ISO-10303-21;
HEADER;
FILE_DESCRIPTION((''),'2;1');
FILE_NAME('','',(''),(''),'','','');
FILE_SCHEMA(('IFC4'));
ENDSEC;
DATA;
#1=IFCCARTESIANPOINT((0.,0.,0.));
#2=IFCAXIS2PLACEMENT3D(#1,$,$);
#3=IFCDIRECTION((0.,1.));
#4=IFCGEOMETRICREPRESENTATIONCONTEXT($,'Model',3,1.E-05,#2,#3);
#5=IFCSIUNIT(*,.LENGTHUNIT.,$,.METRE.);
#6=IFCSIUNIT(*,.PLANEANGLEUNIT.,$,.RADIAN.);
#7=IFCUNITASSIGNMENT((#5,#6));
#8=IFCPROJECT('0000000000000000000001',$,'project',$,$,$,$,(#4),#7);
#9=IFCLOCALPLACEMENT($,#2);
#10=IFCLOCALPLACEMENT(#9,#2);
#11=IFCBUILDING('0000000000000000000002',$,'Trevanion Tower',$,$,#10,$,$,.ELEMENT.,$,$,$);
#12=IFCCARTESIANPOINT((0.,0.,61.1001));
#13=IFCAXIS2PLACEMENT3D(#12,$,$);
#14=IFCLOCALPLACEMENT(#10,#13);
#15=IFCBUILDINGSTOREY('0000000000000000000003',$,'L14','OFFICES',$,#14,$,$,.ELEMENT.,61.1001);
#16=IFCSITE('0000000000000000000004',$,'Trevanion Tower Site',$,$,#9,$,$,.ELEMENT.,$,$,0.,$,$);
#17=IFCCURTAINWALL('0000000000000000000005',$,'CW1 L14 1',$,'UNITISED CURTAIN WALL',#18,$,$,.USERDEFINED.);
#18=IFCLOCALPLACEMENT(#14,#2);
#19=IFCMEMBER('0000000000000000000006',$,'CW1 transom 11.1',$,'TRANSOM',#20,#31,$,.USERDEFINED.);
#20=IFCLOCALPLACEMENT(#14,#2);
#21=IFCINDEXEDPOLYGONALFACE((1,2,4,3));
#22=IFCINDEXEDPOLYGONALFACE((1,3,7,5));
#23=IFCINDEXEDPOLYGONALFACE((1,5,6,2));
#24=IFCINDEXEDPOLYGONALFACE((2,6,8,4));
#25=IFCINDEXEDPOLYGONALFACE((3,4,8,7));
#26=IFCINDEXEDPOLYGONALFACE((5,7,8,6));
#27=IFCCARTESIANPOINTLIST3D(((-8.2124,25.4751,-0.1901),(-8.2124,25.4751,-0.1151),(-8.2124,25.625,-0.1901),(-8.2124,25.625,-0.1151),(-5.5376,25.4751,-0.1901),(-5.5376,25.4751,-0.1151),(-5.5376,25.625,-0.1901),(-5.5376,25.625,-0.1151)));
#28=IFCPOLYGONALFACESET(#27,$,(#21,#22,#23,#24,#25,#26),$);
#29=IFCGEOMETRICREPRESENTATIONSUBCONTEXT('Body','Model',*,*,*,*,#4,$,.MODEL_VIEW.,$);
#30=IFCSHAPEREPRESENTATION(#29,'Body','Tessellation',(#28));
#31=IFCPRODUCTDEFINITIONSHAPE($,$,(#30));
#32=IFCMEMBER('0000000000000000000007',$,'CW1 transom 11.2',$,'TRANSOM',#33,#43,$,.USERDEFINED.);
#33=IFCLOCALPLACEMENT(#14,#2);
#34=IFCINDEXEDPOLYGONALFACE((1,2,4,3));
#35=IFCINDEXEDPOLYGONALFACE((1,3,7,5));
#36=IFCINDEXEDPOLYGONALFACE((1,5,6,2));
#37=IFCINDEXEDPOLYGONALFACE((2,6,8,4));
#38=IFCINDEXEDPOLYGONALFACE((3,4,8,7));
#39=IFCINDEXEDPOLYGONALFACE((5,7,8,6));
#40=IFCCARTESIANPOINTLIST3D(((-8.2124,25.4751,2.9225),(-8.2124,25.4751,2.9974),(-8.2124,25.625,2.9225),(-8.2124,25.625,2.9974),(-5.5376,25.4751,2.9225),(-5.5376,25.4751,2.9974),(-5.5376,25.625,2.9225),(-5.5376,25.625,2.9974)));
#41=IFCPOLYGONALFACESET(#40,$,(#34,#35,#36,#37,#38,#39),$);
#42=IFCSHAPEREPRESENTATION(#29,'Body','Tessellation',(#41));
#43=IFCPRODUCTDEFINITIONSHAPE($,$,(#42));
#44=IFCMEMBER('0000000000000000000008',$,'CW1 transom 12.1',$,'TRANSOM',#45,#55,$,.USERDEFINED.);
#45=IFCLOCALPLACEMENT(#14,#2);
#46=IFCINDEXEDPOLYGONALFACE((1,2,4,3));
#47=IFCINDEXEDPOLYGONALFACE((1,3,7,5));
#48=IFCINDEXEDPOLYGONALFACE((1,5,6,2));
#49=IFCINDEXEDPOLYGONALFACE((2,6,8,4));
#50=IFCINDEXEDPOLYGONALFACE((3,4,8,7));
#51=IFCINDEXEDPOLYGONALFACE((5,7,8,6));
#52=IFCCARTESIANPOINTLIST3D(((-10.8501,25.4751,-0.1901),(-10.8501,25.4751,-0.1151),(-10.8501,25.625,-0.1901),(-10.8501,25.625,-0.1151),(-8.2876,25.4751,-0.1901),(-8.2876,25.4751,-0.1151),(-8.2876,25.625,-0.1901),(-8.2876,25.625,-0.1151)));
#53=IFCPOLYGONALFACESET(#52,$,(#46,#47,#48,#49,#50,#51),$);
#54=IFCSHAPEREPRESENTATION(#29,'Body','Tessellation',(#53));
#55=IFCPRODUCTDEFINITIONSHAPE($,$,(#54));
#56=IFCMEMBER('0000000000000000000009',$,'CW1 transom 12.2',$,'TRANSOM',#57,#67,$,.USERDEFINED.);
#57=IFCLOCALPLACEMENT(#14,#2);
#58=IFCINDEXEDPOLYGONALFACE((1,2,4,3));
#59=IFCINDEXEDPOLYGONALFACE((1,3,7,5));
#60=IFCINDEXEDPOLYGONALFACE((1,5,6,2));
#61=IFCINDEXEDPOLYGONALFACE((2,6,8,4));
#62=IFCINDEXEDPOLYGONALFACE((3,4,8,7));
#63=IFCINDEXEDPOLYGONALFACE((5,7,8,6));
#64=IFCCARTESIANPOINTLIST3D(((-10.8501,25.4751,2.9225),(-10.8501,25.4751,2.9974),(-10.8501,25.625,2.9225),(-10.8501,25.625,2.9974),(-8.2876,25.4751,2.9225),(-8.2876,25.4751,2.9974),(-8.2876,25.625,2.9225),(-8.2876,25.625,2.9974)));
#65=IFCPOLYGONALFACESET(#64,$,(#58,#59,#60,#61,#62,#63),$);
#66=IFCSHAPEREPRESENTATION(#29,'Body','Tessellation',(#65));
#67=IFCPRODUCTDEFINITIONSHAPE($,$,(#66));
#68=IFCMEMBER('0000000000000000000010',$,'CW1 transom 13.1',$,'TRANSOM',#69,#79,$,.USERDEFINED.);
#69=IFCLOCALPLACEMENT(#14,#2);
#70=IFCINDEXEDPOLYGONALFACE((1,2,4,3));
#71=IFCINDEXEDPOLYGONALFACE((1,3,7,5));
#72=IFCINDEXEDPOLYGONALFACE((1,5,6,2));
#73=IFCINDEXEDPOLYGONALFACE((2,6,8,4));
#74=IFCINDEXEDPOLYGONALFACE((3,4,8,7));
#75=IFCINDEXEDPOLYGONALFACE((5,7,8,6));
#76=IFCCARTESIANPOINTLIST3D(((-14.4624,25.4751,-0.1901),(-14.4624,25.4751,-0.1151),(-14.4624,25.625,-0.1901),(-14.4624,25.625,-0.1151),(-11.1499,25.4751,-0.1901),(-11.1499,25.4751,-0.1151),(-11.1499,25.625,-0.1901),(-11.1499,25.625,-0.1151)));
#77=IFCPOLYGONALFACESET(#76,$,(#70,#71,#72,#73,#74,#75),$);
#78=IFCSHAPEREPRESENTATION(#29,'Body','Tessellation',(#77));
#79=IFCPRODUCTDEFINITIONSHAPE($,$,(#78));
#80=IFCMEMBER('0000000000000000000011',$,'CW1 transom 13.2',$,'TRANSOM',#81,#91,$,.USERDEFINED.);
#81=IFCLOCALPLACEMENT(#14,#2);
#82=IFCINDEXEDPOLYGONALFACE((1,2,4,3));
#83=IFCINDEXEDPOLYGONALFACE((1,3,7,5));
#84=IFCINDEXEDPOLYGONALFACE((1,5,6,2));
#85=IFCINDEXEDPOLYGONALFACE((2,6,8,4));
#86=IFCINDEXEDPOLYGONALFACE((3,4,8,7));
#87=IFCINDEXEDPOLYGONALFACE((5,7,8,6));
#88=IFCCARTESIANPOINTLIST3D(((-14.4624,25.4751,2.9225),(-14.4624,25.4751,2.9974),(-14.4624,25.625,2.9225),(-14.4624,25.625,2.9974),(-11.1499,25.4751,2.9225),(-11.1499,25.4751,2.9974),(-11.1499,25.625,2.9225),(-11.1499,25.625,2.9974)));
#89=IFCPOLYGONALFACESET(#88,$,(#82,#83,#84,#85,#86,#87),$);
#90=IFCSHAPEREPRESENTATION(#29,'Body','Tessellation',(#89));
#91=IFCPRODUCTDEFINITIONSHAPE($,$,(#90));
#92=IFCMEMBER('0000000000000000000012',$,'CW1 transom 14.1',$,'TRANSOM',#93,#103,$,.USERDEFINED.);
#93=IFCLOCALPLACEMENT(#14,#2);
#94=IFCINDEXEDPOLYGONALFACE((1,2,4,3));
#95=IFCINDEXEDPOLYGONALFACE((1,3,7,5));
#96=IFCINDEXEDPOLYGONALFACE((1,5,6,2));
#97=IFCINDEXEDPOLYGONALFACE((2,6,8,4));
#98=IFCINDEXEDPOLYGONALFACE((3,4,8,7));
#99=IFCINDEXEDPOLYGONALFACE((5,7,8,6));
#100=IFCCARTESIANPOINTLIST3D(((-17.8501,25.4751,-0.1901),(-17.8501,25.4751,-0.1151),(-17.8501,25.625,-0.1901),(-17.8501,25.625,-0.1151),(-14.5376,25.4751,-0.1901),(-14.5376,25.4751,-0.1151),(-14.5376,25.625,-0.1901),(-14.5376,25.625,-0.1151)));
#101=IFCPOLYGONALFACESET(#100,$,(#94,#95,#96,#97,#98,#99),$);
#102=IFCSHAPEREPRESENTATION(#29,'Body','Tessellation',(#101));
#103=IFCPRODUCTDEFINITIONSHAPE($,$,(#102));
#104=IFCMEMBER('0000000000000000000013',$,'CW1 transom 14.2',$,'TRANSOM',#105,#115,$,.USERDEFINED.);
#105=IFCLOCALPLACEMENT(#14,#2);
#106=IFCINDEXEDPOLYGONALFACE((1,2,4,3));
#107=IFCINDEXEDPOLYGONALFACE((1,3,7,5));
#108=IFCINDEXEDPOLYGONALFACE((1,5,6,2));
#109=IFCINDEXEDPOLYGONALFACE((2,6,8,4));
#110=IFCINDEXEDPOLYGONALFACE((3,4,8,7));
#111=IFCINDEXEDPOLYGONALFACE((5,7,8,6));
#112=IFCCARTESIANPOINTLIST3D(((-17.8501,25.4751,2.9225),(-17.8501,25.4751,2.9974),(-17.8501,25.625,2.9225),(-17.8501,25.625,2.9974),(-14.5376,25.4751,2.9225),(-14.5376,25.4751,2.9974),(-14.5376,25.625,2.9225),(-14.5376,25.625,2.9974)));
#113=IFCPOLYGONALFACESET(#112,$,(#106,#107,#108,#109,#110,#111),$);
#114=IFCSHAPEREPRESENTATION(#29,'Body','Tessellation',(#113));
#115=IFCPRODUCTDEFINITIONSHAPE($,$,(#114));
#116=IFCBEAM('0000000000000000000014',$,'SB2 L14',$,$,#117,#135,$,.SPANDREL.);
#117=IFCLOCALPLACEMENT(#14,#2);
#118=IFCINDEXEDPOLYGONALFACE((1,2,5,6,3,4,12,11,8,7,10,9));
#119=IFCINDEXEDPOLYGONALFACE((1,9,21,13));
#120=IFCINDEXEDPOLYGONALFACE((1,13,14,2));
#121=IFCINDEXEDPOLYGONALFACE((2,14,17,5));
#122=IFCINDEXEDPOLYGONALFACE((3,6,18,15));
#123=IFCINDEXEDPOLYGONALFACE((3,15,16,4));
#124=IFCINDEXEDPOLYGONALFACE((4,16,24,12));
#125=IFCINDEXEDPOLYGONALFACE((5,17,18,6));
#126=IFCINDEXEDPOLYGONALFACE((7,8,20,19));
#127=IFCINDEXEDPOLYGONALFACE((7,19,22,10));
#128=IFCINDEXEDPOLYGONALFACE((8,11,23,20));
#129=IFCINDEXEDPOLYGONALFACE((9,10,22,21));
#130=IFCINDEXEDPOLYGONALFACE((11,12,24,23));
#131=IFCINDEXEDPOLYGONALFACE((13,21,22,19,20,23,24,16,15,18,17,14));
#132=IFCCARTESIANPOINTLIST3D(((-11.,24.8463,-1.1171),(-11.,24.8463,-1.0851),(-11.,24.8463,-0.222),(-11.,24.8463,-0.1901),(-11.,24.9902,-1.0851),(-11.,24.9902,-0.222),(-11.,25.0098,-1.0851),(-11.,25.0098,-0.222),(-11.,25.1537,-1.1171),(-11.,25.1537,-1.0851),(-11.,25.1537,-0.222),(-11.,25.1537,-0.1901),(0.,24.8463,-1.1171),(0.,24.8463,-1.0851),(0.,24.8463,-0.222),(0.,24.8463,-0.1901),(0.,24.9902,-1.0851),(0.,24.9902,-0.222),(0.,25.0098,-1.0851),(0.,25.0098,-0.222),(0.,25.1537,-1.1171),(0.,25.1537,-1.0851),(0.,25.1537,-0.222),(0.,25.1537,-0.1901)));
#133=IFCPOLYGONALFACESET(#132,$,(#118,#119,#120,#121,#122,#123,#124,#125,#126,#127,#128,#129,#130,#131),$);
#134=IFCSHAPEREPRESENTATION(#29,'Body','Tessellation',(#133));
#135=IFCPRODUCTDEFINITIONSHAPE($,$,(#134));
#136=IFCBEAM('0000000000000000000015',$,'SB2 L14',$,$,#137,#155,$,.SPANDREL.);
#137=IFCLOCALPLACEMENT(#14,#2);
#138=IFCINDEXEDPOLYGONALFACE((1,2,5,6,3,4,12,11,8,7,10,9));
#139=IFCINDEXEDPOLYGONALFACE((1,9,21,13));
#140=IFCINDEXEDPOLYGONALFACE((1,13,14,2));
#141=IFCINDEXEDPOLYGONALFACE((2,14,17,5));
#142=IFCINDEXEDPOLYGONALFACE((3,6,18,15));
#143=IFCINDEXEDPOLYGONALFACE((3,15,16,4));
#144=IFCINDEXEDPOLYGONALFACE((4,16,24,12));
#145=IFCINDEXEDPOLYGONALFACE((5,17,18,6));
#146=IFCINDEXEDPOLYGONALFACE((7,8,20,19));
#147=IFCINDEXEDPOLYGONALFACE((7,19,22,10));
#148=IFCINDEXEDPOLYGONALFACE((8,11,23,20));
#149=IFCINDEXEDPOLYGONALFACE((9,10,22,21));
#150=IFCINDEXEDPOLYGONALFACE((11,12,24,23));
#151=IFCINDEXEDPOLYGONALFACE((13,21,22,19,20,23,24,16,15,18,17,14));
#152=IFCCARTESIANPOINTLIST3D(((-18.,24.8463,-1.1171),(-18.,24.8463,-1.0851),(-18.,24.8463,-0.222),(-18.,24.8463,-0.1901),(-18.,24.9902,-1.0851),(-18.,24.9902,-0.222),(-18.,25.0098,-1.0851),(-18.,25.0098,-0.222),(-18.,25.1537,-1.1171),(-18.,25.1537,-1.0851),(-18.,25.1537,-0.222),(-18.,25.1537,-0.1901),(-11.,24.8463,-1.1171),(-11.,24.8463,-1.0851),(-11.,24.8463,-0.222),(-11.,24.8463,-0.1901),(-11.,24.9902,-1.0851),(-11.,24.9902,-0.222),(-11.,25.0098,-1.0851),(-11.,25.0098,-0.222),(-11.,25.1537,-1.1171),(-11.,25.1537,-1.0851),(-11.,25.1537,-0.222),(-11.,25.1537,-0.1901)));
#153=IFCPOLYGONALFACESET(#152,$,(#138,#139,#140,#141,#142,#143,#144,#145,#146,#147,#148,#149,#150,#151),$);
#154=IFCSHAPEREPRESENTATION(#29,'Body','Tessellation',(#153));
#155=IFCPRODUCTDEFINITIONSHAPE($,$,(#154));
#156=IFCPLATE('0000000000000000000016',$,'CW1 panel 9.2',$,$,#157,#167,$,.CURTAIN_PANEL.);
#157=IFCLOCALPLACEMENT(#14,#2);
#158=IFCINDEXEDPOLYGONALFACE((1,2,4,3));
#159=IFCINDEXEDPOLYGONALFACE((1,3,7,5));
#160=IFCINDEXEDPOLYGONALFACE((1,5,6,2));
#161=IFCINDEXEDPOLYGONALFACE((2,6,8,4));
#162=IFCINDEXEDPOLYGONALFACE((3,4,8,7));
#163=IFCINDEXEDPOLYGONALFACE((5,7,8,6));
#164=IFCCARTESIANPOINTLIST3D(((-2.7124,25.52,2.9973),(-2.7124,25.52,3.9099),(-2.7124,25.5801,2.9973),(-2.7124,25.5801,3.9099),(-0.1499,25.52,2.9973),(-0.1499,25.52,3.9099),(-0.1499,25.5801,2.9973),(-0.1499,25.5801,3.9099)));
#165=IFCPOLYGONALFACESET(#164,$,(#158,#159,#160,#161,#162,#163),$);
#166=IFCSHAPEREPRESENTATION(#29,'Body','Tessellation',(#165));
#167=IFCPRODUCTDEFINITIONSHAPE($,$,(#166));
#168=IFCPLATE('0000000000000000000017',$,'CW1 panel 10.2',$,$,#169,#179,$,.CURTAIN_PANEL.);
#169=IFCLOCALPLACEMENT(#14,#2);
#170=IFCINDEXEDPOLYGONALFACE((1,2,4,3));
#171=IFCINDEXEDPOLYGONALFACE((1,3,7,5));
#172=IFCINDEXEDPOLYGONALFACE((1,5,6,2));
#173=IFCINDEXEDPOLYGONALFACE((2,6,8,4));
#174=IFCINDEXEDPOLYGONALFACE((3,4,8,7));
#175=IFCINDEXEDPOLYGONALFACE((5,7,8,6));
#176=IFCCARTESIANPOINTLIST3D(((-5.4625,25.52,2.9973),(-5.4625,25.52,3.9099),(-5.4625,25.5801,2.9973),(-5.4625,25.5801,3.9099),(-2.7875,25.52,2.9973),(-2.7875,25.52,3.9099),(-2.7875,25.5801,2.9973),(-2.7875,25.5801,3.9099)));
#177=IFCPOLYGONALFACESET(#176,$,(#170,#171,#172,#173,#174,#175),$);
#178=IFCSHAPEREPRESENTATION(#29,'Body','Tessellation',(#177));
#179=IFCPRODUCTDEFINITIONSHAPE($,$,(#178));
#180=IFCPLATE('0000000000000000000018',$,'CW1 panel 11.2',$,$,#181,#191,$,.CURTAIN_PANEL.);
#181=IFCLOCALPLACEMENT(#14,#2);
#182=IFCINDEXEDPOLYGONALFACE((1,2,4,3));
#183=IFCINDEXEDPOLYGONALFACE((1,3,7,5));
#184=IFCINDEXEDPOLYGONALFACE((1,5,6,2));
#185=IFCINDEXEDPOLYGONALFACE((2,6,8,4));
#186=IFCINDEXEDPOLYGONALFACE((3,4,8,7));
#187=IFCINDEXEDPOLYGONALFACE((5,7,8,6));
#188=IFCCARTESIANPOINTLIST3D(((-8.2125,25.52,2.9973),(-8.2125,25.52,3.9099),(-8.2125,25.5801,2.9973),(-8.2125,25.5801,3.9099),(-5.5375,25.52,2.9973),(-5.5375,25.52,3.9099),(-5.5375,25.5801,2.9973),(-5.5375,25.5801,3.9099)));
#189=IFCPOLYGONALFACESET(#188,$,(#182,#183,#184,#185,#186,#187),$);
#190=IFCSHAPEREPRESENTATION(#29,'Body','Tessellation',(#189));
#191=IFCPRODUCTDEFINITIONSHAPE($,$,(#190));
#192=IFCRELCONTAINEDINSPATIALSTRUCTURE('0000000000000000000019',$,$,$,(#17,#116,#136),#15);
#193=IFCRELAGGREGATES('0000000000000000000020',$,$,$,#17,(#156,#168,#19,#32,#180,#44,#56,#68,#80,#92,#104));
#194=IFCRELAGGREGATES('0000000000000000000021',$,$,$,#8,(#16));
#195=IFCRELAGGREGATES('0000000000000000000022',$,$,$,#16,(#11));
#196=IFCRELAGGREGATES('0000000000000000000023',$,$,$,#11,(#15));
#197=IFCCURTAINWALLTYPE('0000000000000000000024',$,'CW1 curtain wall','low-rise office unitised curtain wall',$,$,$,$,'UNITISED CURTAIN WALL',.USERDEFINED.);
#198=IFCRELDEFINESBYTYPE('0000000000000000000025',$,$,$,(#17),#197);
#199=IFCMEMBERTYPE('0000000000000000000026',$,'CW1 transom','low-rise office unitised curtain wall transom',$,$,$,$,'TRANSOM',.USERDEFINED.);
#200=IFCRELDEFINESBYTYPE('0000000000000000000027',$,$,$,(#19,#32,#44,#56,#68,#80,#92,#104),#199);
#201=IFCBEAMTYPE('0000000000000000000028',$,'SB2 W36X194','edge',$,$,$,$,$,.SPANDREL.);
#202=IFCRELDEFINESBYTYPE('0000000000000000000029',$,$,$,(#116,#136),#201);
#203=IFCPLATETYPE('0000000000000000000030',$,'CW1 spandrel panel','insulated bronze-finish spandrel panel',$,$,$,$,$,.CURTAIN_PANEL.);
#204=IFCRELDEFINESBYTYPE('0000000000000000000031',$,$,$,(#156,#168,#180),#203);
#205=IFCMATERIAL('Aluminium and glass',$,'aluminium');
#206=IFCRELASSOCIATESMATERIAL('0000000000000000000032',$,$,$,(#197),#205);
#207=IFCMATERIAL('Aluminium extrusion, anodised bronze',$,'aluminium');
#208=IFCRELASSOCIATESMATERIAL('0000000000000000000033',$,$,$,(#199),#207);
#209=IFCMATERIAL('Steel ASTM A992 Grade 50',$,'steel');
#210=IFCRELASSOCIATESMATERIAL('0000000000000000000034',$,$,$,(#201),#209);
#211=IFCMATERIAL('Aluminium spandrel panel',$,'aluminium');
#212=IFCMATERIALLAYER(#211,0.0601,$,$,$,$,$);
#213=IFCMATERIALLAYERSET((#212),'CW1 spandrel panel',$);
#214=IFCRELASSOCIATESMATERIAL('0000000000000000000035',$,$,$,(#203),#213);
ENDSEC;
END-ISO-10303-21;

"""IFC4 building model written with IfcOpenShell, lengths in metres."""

from ifc_helpers import new_model, si_unit, direction, frame, origin, origin_2d, place, context, subcontext, project, spatial, rectangle, i_section, extrude, material, layer, layer_set, material_profile, profile_set, type_object, element, aggregate, save


model = new_model("IFC4")

# Units and contexts
model_context = context("Model", 3, precision=1e-05, world=origin(), true_north=direction((0.0, 1.0)))
body_context = subcontext(model_context, "Body", "Model", "MODEL_VIEW")
ifc_project = project(units=[si_unit("LENGTHUNIT", "METRE"), si_unit("PLANEANGLEUNIT", "RADIAN")], contexts=[model_context])

# Site, building, storey
site_placement = place(None, origin())
site = spatial("IfcSite", under=ifc_project, at=site_placement, Name="Trevanion Tower Site", CompositionType="ELEMENT", RefElevation=0.0)
building_placement = place(site_placement, origin())
building = spatial("IfcBuilding", under=site, at=building_placement, Name="Trevanion Tower", CompositionType="ELEMENT")
storey_placement = place(building_placement, frame((0.0, 0.0, 61.1001)))
storey = spatial("IfcBuildingStorey", under=building, at=storey_placement, Name="L14", Description="OFFICES", CompositionType="ELEMENT", Elevation=61.1001)

# Curtain wall, members
ifc_material_1 = material(Name="Aluminium and glass", Category="aluminium")
curtain_wall_type = type_object("IfcCurtainWallType", Name="CW1 curtain wall", Description="low-rise office unitised curtain wall", ElementType="UNITISED CURTAIN WALL", PredefinedType="USERDEFINED", material=ifc_material_1)
curtain_wall_placement = place(storey_placement, origin())
curtain_wall = element("IfcCurtainWall", 1, at=curtain_wall_placement, inside=storey, type_object=curtain_wall_type, Name="CW1 L14 1", ObjectType="UNITISED CURTAIN WALL", PredefinedType="USERDEFINED")
ifc_material_2 = material(Name="Aluminium extrusion, anodised bronze", Category="aluminium")
ifc_material_profile_1 = material_profile(ifc_material_2, rectangle(XDim=0.1499, YDim=0.075, at=origin_2d()), Name="CW1 transom")
ifc_profile_set_1 = profile_set([ifc_material_profile_1], Name="Aluminium extrusion, anodised bronze")
member_type_1 = type_object("IfcMemberType", Name="CW1 transom", Description="low-rise office unitised curtain wall transom", ElementType="TRANSOM", PredefinedType="USERDEFINED", material=ifc_profile_set_1)
member_1_placement = place(storey_placement, frame((-5.5376, 25.55, -0.1526), z_axis=(-1.0, 0.0, 0.0), x_axis=(0.0, -1.0, 0.0)))
member_1 = element("IfcMember", 2, at=member_1_placement, type_object=member_type_1, Name="CW1 transom 11.1", ObjectType="TRANSOM", PredefinedType="USERDEFINED", context=body_context, shape_type="SweptSolid", body=[
    extrude(rectangle(XDim=0.1499, YDim=0.075, at=origin_2d()), origin(), (0.0, 0.0, 1.0), 2.6748),
])
member_2_placement = place(storey_placement, frame((-5.5376, 25.55, 2.96), z_axis=(-1.0, 0.0, 0.0), x_axis=(0.0, -1.0, 0.0)))
member_2 = element("IfcMember", 3, at=member_2_placement, type_object=member_type_1, Name="CW1 transom 11.2", ObjectType="TRANSOM", PredefinedType="USERDEFINED", context=body_context, shape_type="SweptSolid", body=[
    extrude(rectangle(XDim=0.1499, YDim=0.075, at=origin_2d()), origin(), (0.0, 0.0, 1.0), 2.6748),
])
member_3_placement = place(storey_placement, frame((-8.2876, 25.55, -0.1526), z_axis=(-1.0, 0.0, 0.0), x_axis=(0.0, -1.0, 0.0)))
member_3 = element("IfcMember", 4, at=member_3_placement, type_object=member_type_1, Name="CW1 transom 12.1", ObjectType="TRANSOM", PredefinedType="USERDEFINED", context=body_context, shape_type="SweptSolid", body=[
    extrude(rectangle(XDim=0.1499, YDim=0.075, at=origin_2d()), origin(), (0.0, 0.0, 1.0), 2.5625),
])
member_4_placement = place(storey_placement, frame((-8.2876, 25.55, 2.96), z_axis=(-1.0, 0.0, 0.0), x_axis=(0.0, -1.0, 0.0)))
member_4 = element("IfcMember", 5, at=member_4_placement, type_object=member_type_1, Name="CW1 transom 12.2", ObjectType="TRANSOM", PredefinedType="USERDEFINED", context=body_context, shape_type="SweptSolid", body=[
    extrude(rectangle(XDim=0.1499, YDim=0.075, at=origin_2d()), origin(), (0.0, 0.0, 1.0), 2.5625),
])
member_5_placement = place(storey_placement, frame((-11.1499, 25.55, -0.1526), z_axis=(-1.0, 0.0, 0.0), x_axis=(0.0, -1.0, 0.0)))
member_5 = element("IfcMember", 6, at=member_5_placement, type_object=member_type_1, Name="CW1 transom 13.1", ObjectType="TRANSOM", PredefinedType="USERDEFINED", context=body_context, shape_type="SweptSolid", body=[
    extrude(rectangle(XDim=0.1499, YDim=0.075, at=origin_2d()), origin(), (0.0, 0.0, 1.0), 3.3125),
])
member_6_placement = place(storey_placement, frame((-11.1499, 25.55, 2.96), z_axis=(-1.0, 0.0, 0.0), x_axis=(0.0, -1.0, 0.0)))
member_6 = element("IfcMember", 7, at=member_6_placement, type_object=member_type_1, Name="CW1 transom 13.2", ObjectType="TRANSOM", PredefinedType="USERDEFINED", context=body_context, shape_type="SweptSolid", body=[
    extrude(rectangle(XDim=0.1499, YDim=0.075, at=origin_2d()), origin(), (0.0, 0.0, 1.0), 3.3125),
])
member_7_placement = place(storey_placement, frame((-14.5376, 25.55, -0.1526), z_axis=(-1.0, 0.0, 0.0), x_axis=(0.0, -1.0, 0.0)))
member_7 = element("IfcMember", 8, at=member_7_placement, type_object=member_type_1, Name="CW1 transom 14.1", ObjectType="TRANSOM", PredefinedType="USERDEFINED", context=body_context, shape_type="SweptSolid", body=[
    extrude(rectangle(XDim=0.1499, YDim=0.075, at=origin_2d()), origin(), (0.0, 0.0, 1.0), 3.3125),
])
member_8_placement = place(storey_placement, frame((-14.5376, 25.55, 2.96), z_axis=(-1.0, 0.0, 0.0), x_axis=(0.0, -1.0, 0.0)))
member_8 = element("IfcMember", 9, at=member_8_placement, type_object=member_type_1, Name="CW1 transom 14.2", ObjectType="TRANSOM", PredefinedType="USERDEFINED", context=body_context, shape_type="SweptSolid", body=[
    extrude(rectangle(XDim=0.1499, YDim=0.075, at=origin_2d()), origin(), (0.0, 0.0, 1.0), 3.3125),
])

# Beams
ifc_material_3 = material(Name="Steel ASTM A992 Grade 50", Category="steel")
ifc_material_profile_2 = material_profile(ifc_material_3, i_section(OverallWidth=0.3074, OverallDepth=0.927, WebThickness=0.0195, FlangeThickness=0.032, at=origin_2d()), Name="W36X194")
ifc_profile_set_2 = profile_set([ifc_material_profile_2], Name="Steel ASTM A992 Grade 50")
beam_type_1 = type_object("IfcBeamType", Name="SB2 W36X194", Description="edge", PredefinedType="SPANDREL", material=ifc_profile_set_2)
beam_1_placement = place(storey_placement, frame((0.0, 25.0, -0.6536), z_axis=(-1.0, 0.0, 0.0), x_axis=(0.0, -1.0, 0.0)))
element("IfcBeam", 10, at=beam_1_placement, inside=storey, type_object=beam_type_1, Name="SB2 L14", PredefinedType="SPANDREL", context=body_context, shape_type="SweptSolid", body=[
    extrude(i_section(OverallWidth=0.3074, OverallDepth=0.927, WebThickness=0.0195, FlangeThickness=0.032, at=origin_2d()), origin(), (0.0, 0.0, 1.0), 11.0),
])
beam_2_placement = place(storey_placement, frame((-11.0, 25.0, -0.6536), z_axis=(-1.0, 0.0, 0.0), x_axis=(0.0, -1.0, 0.0)))
element("IfcBeam", 11, at=beam_2_placement, inside=storey, type_object=beam_type_1, Name="SB2 L14", PredefinedType="SPANDREL", context=body_context, shape_type="SweptSolid", body=[
    extrude(i_section(OverallWidth=0.3074, OverallDepth=0.927, WebThickness=0.0195, FlangeThickness=0.032, at=origin_2d()), origin(), (0.0, 0.0, 1.0), 7.0),
])

# Plates
ifc_material_4 = material(Name="Aluminium spandrel panel", Category="aluminium")
ifc_layer_1 = layer(ifc_material_4, 0.0601)
ifc_layer_set_1 = layer_set([ifc_layer_1], Name="CW1 spandrel panel")
plate_type_1 = type_object("IfcPlateType", Name="CW1 spandrel panel", Description="insulated bronze-finish spandrel panel", PredefinedType="CURTAIN_PANEL", material=ifc_layer_set_1)
plate_1_placement = place(storey_placement, frame((-1.4312, 25.55, 2.9973), z_axis=(0.0, 0.0, 1.0), x_axis=(-1.0, 0.0, 0.0)))
plate_1 = element("IfcPlate", 12, at=plate_1_placement, type_object=plate_type_1, Name="CW1 panel 9.2", PredefinedType="CURTAIN_PANEL", context=body_context, shape_type="SweptSolid", body=[
    extrude(rectangle(XDim=2.5625, YDim=0.0601, at=origin_2d()), origin(), (0.0, 0.0, 1.0), 0.9126),
])
plate_2_placement = place(storey_placement, frame((-4.125, 25.55, 2.9973), z_axis=(0.0, 0.0, 1.0), x_axis=(-1.0, 0.0, 0.0)))
plate_2 = element("IfcPlate", 13, at=plate_2_placement, type_object=plate_type_1, Name="CW1 panel 10.2", PredefinedType="CURTAIN_PANEL", context=body_context, shape_type="SweptSolid", body=[
    extrude(rectangle(XDim=2.675, YDim=0.0601, at=origin_2d()), origin(), (0.0, 0.0, 1.0), 0.9126),
])
plate_3_placement = place(storey_placement, frame((-6.875, 25.55, 2.9973), z_axis=(0.0, 0.0, 1.0), x_axis=(-1.0, 0.0, 0.0)))
plate_3 = element("IfcPlate", 14, at=plate_3_placement, type_object=plate_type_1, Name="CW1 panel 11.2", PredefinedType="CURTAIN_PANEL", context=body_context, shape_type="SweptSolid", body=[
    extrude(rectangle(XDim=2.675, YDim=0.0601, at=origin_2d()), origin(), (0.0, 0.0, 1.0), 0.9126),
])
aggregate(curtain_wall, [plate_1, plate_2, member_1, member_2, plate_3, member_3, member_4, member_5, member_6, member_7, member_8])

save(model, "model.ifc")
